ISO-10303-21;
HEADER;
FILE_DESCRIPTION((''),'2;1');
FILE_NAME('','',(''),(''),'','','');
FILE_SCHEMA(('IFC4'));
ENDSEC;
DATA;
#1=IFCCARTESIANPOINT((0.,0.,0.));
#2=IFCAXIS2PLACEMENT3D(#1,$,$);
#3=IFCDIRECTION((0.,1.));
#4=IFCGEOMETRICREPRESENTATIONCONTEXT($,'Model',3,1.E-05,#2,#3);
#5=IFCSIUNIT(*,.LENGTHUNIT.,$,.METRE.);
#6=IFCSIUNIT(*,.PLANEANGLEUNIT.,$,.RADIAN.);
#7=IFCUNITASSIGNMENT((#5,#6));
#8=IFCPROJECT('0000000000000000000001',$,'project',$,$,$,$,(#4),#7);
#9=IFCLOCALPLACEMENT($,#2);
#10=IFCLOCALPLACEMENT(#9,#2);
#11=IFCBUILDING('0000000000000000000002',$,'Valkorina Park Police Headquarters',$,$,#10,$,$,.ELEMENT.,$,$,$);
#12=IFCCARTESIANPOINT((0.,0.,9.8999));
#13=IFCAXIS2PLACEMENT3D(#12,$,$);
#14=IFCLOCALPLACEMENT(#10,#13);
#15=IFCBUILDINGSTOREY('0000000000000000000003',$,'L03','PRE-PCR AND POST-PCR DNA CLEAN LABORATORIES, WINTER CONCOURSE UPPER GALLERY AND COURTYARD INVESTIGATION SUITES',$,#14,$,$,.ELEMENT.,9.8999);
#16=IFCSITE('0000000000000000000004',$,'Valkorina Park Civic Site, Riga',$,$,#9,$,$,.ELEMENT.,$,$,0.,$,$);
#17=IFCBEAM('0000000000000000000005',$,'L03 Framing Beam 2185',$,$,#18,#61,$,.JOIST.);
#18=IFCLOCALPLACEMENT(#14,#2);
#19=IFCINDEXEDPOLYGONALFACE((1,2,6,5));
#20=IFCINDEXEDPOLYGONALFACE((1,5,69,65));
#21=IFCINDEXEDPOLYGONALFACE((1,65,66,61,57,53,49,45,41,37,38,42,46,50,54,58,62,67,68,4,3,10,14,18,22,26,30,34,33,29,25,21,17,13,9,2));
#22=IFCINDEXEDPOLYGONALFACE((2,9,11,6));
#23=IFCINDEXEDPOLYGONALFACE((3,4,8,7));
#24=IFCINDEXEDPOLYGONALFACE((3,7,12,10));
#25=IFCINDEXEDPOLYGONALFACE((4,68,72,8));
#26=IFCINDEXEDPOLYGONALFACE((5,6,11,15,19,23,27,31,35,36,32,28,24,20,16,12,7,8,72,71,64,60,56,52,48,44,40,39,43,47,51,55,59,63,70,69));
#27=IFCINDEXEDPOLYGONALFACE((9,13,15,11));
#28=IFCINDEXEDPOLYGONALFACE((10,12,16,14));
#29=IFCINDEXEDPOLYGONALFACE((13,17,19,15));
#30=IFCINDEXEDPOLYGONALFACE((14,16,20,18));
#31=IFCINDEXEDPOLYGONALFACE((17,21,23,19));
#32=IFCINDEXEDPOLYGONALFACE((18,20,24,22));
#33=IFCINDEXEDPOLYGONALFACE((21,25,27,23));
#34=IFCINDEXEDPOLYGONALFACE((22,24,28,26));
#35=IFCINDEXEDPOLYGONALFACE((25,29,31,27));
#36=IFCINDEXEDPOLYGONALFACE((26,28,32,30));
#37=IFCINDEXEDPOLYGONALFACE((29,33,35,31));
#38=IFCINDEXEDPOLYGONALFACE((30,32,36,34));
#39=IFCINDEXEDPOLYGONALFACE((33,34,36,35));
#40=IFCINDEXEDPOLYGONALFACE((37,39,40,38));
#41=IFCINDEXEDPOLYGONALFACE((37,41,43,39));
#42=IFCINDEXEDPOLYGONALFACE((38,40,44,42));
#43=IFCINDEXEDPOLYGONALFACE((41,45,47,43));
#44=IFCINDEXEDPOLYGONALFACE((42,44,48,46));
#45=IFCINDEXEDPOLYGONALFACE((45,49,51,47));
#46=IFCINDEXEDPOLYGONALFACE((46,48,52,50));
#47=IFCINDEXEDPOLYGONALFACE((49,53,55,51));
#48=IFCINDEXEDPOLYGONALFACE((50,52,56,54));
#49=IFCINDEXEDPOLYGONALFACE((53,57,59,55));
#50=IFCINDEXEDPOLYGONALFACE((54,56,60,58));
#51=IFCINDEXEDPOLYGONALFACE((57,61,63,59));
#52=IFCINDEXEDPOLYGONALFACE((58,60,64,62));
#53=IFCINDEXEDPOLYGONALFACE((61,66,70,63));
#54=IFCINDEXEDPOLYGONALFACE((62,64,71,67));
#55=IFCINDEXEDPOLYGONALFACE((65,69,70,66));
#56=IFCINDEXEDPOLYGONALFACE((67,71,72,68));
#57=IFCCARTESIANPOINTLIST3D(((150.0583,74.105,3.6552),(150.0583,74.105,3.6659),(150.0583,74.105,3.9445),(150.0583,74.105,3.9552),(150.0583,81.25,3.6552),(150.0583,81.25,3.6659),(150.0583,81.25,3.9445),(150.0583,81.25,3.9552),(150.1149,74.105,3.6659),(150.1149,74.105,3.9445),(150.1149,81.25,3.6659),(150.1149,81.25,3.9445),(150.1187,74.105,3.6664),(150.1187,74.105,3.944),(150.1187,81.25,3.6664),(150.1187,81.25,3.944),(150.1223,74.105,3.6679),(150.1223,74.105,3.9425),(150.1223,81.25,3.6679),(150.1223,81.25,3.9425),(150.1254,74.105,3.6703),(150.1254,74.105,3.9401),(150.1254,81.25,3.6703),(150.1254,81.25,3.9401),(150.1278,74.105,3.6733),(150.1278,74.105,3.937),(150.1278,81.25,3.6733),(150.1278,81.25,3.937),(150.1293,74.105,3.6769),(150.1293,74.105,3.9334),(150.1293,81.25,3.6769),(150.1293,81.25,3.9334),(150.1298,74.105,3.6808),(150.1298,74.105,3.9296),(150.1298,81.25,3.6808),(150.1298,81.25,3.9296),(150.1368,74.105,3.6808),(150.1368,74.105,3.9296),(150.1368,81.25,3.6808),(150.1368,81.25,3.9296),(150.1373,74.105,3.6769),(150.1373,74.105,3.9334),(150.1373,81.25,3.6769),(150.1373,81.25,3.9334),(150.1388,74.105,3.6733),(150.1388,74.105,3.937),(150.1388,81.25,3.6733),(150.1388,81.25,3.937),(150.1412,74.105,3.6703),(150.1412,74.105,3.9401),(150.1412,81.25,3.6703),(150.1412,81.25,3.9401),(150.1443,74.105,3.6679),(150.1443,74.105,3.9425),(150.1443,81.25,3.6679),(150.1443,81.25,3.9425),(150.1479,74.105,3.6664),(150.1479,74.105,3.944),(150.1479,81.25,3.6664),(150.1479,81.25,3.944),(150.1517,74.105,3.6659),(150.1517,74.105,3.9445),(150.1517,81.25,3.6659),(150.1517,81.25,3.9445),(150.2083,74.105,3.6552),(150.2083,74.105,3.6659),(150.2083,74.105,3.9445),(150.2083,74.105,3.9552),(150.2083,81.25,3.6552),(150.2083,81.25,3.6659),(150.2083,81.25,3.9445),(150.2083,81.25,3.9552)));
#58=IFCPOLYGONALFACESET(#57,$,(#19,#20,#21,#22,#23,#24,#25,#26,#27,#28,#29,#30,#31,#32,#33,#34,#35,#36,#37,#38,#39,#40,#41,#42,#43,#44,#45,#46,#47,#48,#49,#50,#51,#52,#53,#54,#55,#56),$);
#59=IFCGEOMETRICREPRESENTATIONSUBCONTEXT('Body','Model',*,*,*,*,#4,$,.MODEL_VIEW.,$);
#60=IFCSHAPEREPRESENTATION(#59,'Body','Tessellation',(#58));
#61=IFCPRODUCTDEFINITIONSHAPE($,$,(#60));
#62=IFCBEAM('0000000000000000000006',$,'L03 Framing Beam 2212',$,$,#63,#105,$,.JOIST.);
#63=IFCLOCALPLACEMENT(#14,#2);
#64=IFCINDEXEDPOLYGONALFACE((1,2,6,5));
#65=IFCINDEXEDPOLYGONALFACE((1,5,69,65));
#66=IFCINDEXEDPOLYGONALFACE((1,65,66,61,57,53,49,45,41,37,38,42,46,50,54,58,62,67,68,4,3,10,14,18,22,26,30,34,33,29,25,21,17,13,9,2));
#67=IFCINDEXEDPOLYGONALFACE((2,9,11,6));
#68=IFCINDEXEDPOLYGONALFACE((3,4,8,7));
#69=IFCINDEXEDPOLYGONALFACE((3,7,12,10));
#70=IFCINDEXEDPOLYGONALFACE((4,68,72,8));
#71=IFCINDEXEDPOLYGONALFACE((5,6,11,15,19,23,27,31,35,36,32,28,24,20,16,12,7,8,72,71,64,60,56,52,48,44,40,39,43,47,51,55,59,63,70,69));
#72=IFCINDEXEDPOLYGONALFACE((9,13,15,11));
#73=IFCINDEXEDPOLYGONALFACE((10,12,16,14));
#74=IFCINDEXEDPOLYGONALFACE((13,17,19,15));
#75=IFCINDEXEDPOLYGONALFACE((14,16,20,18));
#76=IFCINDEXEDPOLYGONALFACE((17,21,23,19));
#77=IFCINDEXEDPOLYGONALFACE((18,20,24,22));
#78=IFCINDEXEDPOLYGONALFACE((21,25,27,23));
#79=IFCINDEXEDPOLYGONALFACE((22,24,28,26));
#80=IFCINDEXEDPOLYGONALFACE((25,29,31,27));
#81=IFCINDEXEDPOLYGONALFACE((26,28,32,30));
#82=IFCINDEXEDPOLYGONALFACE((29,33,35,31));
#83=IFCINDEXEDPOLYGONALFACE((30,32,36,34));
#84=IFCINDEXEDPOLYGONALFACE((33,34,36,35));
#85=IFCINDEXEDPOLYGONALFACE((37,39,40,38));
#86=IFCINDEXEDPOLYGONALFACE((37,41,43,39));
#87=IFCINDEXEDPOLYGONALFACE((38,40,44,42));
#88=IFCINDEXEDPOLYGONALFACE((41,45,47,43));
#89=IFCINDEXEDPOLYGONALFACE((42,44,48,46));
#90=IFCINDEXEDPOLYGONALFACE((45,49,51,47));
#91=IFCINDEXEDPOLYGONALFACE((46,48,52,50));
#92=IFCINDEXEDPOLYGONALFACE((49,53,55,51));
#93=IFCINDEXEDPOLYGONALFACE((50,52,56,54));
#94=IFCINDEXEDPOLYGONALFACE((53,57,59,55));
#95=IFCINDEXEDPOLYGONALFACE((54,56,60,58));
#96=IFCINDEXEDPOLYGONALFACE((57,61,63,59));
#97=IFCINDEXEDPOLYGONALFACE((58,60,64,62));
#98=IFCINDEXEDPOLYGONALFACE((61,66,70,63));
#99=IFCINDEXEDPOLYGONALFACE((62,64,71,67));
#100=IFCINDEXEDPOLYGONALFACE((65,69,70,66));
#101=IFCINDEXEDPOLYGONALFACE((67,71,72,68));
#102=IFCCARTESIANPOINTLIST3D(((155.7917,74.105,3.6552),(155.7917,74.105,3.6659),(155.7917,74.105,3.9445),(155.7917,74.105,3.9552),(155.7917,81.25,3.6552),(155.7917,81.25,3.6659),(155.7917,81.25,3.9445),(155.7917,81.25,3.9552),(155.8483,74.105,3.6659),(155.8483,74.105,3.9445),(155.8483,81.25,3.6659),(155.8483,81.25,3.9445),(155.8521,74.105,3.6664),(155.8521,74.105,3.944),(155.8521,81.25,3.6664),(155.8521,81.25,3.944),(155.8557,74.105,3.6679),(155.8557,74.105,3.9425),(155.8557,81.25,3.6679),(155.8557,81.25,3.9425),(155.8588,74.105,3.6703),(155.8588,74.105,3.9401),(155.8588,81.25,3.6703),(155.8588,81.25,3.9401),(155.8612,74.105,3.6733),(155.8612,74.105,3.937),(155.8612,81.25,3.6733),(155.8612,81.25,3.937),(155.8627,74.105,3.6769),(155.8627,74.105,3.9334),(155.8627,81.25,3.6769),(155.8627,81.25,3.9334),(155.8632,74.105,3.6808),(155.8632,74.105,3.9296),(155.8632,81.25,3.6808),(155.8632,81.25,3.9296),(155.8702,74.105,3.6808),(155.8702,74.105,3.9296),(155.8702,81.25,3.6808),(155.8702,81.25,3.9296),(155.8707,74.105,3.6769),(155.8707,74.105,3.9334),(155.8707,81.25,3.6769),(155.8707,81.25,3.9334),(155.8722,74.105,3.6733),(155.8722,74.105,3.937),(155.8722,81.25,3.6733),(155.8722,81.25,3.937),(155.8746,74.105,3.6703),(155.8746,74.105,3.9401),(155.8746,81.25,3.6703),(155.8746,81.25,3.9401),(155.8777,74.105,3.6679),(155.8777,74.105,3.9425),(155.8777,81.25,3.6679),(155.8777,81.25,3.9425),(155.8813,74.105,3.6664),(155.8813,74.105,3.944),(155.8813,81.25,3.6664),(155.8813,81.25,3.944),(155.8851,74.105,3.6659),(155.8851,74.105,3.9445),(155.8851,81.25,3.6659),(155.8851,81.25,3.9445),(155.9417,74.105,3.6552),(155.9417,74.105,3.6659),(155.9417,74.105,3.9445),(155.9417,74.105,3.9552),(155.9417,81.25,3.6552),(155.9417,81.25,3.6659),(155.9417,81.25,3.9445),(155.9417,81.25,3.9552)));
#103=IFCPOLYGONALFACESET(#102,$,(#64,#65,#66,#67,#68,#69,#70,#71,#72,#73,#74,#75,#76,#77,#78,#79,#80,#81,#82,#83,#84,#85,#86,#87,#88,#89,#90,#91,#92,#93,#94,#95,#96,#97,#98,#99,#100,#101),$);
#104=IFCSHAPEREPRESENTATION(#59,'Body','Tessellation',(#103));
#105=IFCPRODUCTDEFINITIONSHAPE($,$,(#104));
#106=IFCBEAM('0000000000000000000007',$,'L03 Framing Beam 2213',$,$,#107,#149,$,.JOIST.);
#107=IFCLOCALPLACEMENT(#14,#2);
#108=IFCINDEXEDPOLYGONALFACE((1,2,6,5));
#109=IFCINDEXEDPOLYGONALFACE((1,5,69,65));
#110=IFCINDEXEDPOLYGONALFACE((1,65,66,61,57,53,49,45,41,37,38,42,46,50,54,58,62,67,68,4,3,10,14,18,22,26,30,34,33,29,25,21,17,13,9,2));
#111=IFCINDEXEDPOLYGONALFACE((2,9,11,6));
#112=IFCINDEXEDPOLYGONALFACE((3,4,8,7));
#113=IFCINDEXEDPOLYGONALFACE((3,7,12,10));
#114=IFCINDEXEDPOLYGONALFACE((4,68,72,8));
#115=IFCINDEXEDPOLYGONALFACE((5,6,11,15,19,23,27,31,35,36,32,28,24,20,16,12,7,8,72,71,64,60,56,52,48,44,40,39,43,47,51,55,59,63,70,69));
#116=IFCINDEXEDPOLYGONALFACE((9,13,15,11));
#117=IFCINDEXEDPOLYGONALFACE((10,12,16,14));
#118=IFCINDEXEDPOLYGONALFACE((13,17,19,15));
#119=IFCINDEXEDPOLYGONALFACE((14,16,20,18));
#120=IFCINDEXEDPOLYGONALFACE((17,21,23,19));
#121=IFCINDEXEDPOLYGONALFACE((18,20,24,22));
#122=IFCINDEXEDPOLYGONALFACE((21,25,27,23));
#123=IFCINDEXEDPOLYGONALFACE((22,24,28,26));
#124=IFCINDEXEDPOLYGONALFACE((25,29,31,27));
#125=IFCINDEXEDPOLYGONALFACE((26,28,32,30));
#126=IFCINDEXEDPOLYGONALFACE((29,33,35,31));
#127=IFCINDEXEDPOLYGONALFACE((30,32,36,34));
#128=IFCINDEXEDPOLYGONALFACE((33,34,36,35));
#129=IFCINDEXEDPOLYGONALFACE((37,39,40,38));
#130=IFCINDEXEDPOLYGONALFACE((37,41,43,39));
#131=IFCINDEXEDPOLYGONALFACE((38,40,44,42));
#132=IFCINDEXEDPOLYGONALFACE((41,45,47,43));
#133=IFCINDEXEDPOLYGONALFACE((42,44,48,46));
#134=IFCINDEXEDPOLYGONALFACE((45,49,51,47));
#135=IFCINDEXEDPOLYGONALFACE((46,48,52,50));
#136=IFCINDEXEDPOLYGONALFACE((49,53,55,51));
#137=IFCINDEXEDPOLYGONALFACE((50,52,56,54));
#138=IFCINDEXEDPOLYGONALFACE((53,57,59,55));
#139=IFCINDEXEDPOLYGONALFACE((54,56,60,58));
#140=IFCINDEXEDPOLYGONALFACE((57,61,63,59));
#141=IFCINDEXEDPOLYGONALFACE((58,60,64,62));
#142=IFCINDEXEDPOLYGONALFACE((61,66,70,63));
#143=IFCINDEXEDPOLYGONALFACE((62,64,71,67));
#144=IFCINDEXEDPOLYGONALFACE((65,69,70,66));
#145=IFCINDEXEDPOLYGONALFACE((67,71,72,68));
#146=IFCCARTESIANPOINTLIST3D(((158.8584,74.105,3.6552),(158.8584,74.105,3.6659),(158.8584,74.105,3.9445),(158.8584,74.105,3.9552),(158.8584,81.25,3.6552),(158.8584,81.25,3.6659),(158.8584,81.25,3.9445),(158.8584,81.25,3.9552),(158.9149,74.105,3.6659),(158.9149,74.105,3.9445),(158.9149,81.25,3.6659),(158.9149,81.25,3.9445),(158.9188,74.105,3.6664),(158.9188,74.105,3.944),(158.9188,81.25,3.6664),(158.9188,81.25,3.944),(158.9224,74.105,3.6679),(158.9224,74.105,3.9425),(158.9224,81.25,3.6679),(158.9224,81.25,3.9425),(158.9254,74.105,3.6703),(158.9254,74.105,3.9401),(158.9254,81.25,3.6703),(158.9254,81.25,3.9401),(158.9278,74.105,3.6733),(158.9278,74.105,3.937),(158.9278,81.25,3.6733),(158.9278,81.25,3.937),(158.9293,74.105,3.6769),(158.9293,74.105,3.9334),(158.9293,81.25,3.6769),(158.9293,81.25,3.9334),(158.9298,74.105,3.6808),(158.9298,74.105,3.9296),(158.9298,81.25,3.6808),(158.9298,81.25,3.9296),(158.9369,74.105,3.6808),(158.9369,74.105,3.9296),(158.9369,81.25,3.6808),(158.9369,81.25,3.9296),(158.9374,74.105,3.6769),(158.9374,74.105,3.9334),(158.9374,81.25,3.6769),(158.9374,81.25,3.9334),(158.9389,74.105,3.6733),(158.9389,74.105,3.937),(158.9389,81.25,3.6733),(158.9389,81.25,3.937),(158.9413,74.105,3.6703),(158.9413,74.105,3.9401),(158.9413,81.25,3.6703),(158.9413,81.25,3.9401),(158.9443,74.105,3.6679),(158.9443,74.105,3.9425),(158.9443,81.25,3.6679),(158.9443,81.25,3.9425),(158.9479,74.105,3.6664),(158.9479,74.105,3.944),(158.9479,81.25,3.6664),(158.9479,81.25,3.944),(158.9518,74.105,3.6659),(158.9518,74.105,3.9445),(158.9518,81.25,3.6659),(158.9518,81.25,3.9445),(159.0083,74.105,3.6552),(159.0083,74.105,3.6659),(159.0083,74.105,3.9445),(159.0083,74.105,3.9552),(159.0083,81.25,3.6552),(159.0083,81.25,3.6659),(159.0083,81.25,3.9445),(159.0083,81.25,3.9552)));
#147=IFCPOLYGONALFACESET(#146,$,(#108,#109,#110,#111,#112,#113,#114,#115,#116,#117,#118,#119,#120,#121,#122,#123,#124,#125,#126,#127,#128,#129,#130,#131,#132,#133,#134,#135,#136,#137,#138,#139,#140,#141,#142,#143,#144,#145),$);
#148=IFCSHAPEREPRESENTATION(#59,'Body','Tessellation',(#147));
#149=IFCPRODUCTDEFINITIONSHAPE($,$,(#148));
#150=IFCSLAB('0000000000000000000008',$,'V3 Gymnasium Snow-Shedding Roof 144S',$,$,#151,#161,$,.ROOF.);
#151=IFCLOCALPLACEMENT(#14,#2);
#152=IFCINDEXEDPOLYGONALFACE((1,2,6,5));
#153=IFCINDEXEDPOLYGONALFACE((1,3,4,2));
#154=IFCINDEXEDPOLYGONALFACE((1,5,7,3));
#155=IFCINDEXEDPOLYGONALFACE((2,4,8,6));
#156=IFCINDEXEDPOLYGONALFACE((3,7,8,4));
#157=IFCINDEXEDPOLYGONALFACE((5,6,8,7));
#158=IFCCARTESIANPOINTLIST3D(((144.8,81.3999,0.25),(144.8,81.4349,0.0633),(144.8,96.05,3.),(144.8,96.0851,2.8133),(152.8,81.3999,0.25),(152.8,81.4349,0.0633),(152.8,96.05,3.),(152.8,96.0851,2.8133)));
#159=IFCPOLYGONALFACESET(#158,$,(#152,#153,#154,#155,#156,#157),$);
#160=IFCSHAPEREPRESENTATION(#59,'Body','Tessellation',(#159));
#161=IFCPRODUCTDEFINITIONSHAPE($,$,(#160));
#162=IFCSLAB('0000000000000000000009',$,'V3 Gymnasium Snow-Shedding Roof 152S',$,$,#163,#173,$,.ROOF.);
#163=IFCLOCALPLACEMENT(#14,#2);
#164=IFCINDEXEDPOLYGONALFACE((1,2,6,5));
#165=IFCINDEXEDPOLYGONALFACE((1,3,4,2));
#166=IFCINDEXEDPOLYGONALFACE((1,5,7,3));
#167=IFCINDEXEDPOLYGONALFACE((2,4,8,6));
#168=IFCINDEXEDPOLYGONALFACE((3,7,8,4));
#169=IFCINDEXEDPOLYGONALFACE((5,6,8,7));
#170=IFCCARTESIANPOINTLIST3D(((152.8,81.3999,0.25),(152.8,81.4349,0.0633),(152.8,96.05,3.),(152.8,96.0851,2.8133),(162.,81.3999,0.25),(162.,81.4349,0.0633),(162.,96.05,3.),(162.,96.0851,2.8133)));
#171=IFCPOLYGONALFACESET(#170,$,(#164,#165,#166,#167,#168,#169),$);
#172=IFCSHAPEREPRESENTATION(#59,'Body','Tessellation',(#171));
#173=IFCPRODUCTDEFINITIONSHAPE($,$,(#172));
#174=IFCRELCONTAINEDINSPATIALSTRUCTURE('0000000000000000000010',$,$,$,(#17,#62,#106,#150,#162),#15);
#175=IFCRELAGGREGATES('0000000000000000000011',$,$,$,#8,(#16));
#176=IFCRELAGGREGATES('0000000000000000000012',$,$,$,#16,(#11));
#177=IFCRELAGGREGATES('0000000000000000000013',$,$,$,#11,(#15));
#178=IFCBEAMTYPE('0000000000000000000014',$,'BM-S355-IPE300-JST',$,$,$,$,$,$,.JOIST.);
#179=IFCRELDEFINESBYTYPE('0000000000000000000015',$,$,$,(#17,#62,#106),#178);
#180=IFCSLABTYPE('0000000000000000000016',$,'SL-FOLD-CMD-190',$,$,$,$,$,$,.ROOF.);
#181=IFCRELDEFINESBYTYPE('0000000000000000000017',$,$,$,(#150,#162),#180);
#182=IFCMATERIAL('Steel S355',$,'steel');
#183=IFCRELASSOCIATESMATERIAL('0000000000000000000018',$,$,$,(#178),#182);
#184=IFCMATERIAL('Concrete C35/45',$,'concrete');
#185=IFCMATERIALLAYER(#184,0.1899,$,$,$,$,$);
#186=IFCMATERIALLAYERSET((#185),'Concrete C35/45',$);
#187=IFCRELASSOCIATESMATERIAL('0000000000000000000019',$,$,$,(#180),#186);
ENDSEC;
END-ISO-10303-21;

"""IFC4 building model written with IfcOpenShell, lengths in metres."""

from ifc_helpers import new_model, si_unit, direction, frame, origin, origin_2d, place, context, subcontext, project, spatial, polyline, i_section, outline, extrude, material, layer, layer_set, material_profile, profile_set, type_object, element, save


model = new_model("IFC4")

# Units and contexts
model_context = context("Model", 3, precision=1e-05, world=origin(), true_north=direction((0.0, 1.0)))
body_context = subcontext(model_context, "Body", "Model", "MODEL_VIEW")
ifc_project = project(units=[si_unit("LENGTHUNIT", "METRE"), si_unit("PLANEANGLEUNIT", "RADIAN")], contexts=[model_context])

# Site, building, storey
site_placement = place(None, origin())
site = spatial("IfcSite", under=ifc_project, at=site_placement, Name="Valkorina Park Civic Site, Riga", CompositionType="ELEMENT", RefElevation=0.0)
building_placement = place(site_placement, origin())
building = spatial("IfcBuilding", under=site, at=building_placement, Name="Valkorina Park Police Headquarters", CompositionType="ELEMENT")
storey_placement = place(building_placement, frame((0.0, 0.0, 9.8999)))
storey = spatial("IfcBuildingStorey", under=building, at=storey_placement, Name="L03", Description="PRE-PCR AND POST-PCR DNA CLEAN LABORATORIES, WINTER CONCOURSE UPPER GALLERY AND COURTYARD INVESTIGATION SUITES", CompositionType="ELEMENT", Elevation=9.8999)

# Shared definitions
ifc_material_1 = material(Name="Steel S355", Category="steel")

# Beams
ifc_material_profile_1 = material_profile(ifc_material_1, i_section(OverallWidth=0.1499, OverallDepth=0.3, WebThickness=0.0071, FlangeThickness=0.0107, FilletRadius=0.0149, at=origin_2d()), Name="IPE 300")
ifc_profile_set_1 = profile_set([ifc_material_profile_1], Name="Steel S355")
beam_type_1 = type_object("IfcBeamType", Name="BM-S355-IPE300-JST", PredefinedType="JOIST", material=ifc_profile_set_1)
for number, where, z_axis, x_axis, name in (
    (1, (150.1333, 74.105, 3.8052), (0.0, 1.0, 0.0), (-1.0, 0.0, 0.0), "L03 Framing Beam 2185"),
    (2, (155.8667, 74.105, 3.8052), (0.0, 1.0, 0.0), (-1.0, 0.0, 0.0), "L03 Framing Beam 2212"),
    (3, (158.9333, 74.105, 3.8052), (0.0, 1.0, 0.0), (-1.0, 0.0, 0.0), "L03 Framing Beam 2213"),
):
    element("IfcBeam", number, at=place(storey_placement, frame(where, z_axis=z_axis, x_axis=x_axis)), inside=storey, type_object=beam_type_1, Name=name, PredefinedType="JOIST", context=body_context, shape_type="SweptSolid", body=[
        extrude(i_section(OverallWidth=0.1499, OverallDepth=0.3, WebThickness=0.0071, FlangeThickness=0.0107, FilletRadius=0.0149, at=origin_2d()), origin(), (0.0, 0.0, 1.0), 7.145),
    ])

# Slabs
ifc_material_2 = material(Name="Concrete C35/45", Category="concrete")
ifc_layer_1 = layer(ifc_material_2, 0.1899)
ifc_layer_set_1 = layer_set([ifc_layer_1], Name="Concrete C35/45")
slab_type = type_object("IfcSlabType", Name="SL-FOLD-CMD-190", PredefinedType="ROOF", material=ifc_layer_set_1)
slab_1_placement = place(storey_placement, frame((144.8, 81.3999, 0.25), z_axis=(0.0, -0.184489, 0.982835), x_axis=(1.0, 0.0, 0.0)))
element("IfcSlab", 4, at=slab_1_placement, inside=storey, type_object=slab_type, Name="V3 Gymnasium Snow-Shedding Roof 144S", PredefinedType="ROOF", context=body_context, shape_type="SweptSolid", body=[
    extrude(outline(polyline([(0.0, 0.0), (8.0, 0.0), (8.0, 14.906), (0.0, 14.906), (0.0, 0.0)])), origin(), (0.0, 0.0, -1.0), 0.1899),
])
slab_2_placement = place(storey_placement, frame((152.8, 81.3999, 0.25), z_axis=(0.0, -0.184489, 0.982835), x_axis=(1.0, 0.0, 0.0)))
element("IfcSlab", 5, at=slab_2_placement, inside=storey, type_object=slab_type, Name="V3 Gymnasium Snow-Shedding Roof 152S", PredefinedType="ROOF", context=body_context, shape_type="SweptSolid", body=[
    extrude(outline(polyline([(0.0, 0.0), (9.2, 0.0), (9.2, 14.906), (0.0, 14.906), (0.0, 0.0)])), origin(), (0.0, 0.0, -1.0), 0.1899),
])

save(model, "model.ifc")
